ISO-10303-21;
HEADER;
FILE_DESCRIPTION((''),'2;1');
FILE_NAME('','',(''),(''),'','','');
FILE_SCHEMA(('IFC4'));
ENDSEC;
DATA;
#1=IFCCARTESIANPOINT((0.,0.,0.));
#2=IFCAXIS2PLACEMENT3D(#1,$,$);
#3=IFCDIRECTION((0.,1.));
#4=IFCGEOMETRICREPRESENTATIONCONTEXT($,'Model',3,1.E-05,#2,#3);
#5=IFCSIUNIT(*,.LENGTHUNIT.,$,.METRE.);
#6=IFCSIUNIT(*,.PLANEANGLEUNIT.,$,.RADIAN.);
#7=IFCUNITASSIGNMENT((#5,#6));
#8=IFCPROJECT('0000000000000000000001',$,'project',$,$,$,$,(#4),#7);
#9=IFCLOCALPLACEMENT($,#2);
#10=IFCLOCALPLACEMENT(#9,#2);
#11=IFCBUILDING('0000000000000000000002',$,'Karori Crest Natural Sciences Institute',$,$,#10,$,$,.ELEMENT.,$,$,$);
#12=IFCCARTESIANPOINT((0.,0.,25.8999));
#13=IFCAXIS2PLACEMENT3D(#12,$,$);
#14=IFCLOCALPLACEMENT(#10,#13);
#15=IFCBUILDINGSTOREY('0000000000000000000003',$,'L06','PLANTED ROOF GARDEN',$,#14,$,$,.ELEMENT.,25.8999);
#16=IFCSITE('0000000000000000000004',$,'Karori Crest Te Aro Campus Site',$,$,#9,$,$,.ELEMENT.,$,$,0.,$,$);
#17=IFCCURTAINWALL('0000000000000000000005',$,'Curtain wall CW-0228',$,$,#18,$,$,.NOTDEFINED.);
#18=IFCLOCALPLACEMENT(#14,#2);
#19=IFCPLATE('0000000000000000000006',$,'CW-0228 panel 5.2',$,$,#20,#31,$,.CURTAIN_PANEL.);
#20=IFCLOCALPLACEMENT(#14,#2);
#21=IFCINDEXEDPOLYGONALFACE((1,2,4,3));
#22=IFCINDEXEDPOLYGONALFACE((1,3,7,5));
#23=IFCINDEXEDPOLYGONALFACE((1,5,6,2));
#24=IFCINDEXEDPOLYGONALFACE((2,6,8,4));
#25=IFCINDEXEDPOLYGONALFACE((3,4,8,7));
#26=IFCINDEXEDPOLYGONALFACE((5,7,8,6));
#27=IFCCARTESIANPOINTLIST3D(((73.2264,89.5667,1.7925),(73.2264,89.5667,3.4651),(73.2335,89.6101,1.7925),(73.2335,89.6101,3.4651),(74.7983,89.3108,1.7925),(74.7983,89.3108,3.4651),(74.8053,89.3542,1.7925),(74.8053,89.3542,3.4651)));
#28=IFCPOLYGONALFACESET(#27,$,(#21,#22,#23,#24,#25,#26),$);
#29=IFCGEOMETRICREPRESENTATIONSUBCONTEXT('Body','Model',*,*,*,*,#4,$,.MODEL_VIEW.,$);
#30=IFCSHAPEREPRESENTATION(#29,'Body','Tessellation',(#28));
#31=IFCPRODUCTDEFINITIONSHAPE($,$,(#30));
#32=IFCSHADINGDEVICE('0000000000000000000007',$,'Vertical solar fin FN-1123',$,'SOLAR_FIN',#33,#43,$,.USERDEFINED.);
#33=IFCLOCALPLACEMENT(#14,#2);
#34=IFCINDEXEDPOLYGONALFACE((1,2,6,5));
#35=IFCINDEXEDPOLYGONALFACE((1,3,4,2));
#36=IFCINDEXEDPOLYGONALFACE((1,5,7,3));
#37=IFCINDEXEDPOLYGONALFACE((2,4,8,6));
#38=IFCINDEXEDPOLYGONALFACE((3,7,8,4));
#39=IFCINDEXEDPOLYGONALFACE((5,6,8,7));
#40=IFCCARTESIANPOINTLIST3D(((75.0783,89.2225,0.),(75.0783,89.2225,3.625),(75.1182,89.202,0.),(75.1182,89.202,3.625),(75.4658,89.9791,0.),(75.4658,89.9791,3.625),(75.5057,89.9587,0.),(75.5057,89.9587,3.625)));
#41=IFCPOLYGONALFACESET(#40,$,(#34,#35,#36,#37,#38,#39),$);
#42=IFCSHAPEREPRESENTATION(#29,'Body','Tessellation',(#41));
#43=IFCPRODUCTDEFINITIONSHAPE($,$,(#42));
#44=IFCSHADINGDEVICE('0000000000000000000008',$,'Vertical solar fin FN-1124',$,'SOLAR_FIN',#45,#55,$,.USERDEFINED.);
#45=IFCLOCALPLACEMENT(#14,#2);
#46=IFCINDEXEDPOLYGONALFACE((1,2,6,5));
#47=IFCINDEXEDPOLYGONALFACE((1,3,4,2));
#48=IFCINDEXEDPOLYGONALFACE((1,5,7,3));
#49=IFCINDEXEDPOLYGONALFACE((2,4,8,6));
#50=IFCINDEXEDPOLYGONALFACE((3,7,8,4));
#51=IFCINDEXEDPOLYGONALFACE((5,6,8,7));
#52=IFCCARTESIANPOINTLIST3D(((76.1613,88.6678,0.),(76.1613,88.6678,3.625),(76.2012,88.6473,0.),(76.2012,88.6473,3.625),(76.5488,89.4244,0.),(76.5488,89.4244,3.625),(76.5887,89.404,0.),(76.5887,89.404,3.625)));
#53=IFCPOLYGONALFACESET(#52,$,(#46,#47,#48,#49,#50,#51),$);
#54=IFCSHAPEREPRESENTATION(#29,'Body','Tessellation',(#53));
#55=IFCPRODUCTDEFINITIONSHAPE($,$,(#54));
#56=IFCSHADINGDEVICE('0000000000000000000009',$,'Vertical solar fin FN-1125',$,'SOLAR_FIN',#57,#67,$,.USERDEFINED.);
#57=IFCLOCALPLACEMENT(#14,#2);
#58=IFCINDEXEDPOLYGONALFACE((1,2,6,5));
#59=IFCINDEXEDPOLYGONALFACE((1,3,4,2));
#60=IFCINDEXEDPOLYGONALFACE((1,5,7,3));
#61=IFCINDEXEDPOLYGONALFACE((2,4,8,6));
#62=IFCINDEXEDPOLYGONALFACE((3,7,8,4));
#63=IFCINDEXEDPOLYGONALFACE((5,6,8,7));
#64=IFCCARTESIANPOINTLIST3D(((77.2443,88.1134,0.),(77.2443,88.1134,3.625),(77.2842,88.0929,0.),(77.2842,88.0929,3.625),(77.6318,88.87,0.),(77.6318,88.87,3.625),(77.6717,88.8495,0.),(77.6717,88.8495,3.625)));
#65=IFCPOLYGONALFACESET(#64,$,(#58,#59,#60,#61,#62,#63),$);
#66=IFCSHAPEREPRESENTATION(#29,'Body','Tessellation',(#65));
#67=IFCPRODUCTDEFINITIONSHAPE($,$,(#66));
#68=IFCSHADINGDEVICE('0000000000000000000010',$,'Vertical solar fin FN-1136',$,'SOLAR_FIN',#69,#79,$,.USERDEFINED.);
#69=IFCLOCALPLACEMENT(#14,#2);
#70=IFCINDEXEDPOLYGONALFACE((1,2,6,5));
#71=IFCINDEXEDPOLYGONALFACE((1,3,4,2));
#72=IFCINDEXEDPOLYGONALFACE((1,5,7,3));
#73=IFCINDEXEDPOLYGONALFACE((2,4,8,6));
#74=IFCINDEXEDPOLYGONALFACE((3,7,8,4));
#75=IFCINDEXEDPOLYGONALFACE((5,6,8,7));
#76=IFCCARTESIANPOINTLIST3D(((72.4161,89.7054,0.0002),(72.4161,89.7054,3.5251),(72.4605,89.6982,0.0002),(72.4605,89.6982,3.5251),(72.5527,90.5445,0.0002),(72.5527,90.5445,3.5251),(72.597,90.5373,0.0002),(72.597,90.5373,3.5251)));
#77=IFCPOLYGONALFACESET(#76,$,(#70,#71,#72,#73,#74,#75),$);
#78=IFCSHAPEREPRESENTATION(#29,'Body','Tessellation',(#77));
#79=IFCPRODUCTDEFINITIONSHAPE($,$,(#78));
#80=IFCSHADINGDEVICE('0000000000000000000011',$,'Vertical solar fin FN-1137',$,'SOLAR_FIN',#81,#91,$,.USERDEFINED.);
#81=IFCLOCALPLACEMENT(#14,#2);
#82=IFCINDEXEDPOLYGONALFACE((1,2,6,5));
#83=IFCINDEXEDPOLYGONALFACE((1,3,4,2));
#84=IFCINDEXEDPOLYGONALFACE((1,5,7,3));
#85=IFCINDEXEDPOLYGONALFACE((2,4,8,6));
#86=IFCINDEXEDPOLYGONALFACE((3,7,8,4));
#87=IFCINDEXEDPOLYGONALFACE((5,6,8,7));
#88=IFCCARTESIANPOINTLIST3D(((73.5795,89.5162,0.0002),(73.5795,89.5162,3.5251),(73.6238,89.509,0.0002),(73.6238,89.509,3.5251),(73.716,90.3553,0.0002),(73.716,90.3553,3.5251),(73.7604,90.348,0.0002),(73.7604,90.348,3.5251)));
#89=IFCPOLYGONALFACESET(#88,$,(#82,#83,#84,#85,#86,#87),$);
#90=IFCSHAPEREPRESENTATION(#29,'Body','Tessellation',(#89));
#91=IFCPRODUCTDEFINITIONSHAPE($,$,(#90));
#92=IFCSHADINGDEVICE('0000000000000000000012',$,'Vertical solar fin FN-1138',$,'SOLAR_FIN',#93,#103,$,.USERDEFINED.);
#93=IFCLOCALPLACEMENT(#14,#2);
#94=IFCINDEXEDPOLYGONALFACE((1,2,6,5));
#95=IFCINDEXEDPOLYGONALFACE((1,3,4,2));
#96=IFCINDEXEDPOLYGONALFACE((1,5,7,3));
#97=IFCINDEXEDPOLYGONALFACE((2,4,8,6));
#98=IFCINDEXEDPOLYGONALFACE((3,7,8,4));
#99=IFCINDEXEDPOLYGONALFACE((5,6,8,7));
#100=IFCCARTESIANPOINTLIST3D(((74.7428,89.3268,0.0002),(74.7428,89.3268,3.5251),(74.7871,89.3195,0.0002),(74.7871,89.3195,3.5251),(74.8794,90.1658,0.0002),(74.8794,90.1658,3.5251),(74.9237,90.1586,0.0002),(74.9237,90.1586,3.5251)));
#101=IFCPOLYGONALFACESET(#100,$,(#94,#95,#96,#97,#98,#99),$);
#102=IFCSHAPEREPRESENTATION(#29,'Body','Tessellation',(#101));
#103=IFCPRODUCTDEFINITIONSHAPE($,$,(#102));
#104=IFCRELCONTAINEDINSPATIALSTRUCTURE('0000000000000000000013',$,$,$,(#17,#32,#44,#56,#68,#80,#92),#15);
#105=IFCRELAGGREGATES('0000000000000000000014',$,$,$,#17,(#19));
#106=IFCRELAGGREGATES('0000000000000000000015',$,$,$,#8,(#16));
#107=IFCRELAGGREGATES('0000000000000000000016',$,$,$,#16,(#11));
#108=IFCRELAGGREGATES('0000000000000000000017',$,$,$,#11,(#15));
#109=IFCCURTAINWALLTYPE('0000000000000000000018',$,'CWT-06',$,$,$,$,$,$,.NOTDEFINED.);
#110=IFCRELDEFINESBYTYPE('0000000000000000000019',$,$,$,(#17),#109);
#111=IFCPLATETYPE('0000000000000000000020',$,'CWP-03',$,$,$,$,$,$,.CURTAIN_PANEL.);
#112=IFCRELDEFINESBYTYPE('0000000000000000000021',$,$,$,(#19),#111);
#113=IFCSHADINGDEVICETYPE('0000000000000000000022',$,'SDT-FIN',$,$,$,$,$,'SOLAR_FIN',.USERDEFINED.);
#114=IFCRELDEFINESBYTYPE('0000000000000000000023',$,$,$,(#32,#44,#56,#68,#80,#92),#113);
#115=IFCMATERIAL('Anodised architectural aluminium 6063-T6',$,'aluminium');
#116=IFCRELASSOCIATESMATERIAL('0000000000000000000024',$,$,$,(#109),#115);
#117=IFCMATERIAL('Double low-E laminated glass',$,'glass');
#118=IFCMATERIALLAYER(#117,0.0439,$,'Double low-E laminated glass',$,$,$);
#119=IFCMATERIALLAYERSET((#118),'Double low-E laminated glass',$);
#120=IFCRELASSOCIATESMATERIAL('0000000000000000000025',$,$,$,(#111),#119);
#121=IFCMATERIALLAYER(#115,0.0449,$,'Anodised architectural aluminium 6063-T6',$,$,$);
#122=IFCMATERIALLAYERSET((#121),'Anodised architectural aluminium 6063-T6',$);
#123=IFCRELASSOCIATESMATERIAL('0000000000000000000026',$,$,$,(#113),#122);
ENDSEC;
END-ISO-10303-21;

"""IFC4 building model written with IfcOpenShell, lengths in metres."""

from ifc_helpers import new_model, si_unit, direction, frame, origin, origin_2d, place, context, subcontext, project, spatial, rectangle, extrude, material, layer, layer_set, type_object, element, aggregate, save


model = new_model("IFC4")

# Units and contexts
model_context = context("Model", 3, precision=1e-05, world=origin(), true_north=direction((0.0, 1.0)))
body_context = subcontext(model_context, "Body", "Model", "MODEL_VIEW")
ifc_project = project(units=[si_unit("LENGTHUNIT", "METRE"), si_unit("PLANEANGLEUNIT", "RADIAN")], contexts=[model_context])

# Site, building, storey
site_placement = place(None, origin())
site = spatial("IfcSite", under=ifc_project, at=site_placement, Name="Karori Crest Te Aro Campus Site", CompositionType="ELEMENT", RefElevation=0.0)
building_placement = place(site_placement, origin())
building = spatial("IfcBuilding", under=site, at=building_placement, Name="Karori Crest Natural Sciences Institute", CompositionType="ELEMENT")
storey_placement = place(building_placement, frame((0.0, 0.0, 25.8999)))
storey = spatial("IfcBuildingStorey", under=building, at=storey_placement, Name="L06", Description="PLANTED ROOF GARDEN", CompositionType="ELEMENT", Elevation=25.8999)

# Curtain wall
ifc_material_1 = material(Name="Anodised architectural aluminium 6063-T6", Category="aluminium")
curtain_wall_type_1 = type_object("IfcCurtainWallType", Name="CWT-06", PredefinedType="NOTDEFINED", material=ifc_material_1)
curtain_wall_1_placement = place(storey_placement, origin())
curtain_wall_1 = element("IfcCurtainWall", 1, at=curtain_wall_1_placement, inside=storey, type_object=curtain_wall_type_1, Name="Curtain wall CW-0228", PredefinedType="NOTDEFINED")

# Plate
ifc_material_2 = material(Name="Double low-E laminated glass", Category="glass")
ifc_layer_1 = layer(ifc_material_2, 0.0439, Name="Double low-E laminated glass")
ifc_layer_set_1 = layer_set([ifc_layer_1], Name="Double low-E laminated glass")
plate_type_1 = type_object("IfcPlateType", Name="CWP-03", PredefinedType="CURTAIN_PANEL", material=ifc_layer_set_1)
plate_1_placement = place(storey_placement, frame((74.0159, 89.4604, 1.7925), z_axis=(0.0, 0.0, 1.0), x_axis=(0.987011, -0.160655, 0.0)))
plate_1 = element("IfcPlate", 2, at=plate_1_placement, type_object=plate_type_1, Name="CW-0228 panel 5.2", PredefinedType="CURTAIN_PANEL", context=body_context, shape_type="SweptSolid", body=[
    extrude(rectangle(XDim=1.5925, YDim=0.0439, at=origin_2d()), origin(), (0.0, 0.0, 1.0), 1.6726),
])
aggregate(curtain_wall_1, [plate_1])

# Shading devices
ifc_layer_2 = layer(ifc_material_1, 0.0449, Name="Anodised architectural aluminium 6063-T6")
ifc_layer_set_2 = layer_set([ifc_layer_2], Name="Anodised architectural aluminium 6063-T6")
shading_device_type = type_object("IfcShadingDeviceType", Name="SDT-FIN", ElementType="SOLAR_FIN", PredefinedType="USERDEFINED", material=ifc_layer_set_2)
for number, where, z_axis, x_axis, name in (
    (3, (75.292, 89.5906, 0.0), (0.0, 0.0, 1.0), (0.455829, 0.890067, 0.0), "Vertical solar fin FN-1123"),
    (4, (76.375, 89.0359, 0.0), (0.0, 0.0, 1.0), (0.455829, 0.890067, 0.0), "Vertical solar fin FN-1124"),
    (5, (77.458, 88.4814, 0.0), (0.0, 0.0, 1.0), (0.455829, 0.890067, 0.0), "Vertical solar fin FN-1125"),
):
    element("IfcShadingDevice", number, at=place(storey_placement, frame(where, z_axis=z_axis, x_axis=x_axis)), inside=storey, type_object=shading_device_type, Name=name, ObjectType="SOLAR_FIN", PredefinedType="USERDEFINED", context=body_context, shape_type="SweptSolid", body=[
        extrude(rectangle(XDim=0.8501, YDim=0.0449, at=origin_2d()), origin(), (0.0, 0.0, 1.0), 3.625),
    ])
for number, where, z_axis, x_axis, name in (
    (6, (72.5066, 90.1213, 0.0002), (0.0, 0.0, 1.0), (0.160655, 0.987011, 0.0), "Vertical solar fin FN-1136"),
    (7, (73.6699, 89.9321, 0.0002), (0.0, 0.0, 1.0), (0.160655, 0.987011, 0.0), "Vertical solar fin FN-1137"),
    (8, (74.8333, 89.7427, 0.0002), (0.0, 0.0, 1.0), (0.160655, 0.987011, 0.0), "Vertical solar fin FN-1138"),
):
    element("IfcShadingDevice", number, at=place(storey_placement, frame(where, z_axis=z_axis, x_axis=x_axis)), inside=storey, type_object=shading_device_type, Name=name, ObjectType="SOLAR_FIN", PredefinedType="USERDEFINED", context=body_context, shape_type="SweptSolid", body=[
        extrude(rectangle(XDim=0.8501, YDim=0.0449, at=origin_2d()), origin(), (0.0, 0.0, 1.0), 3.5249),
    ])

save(model, "model.ifc")
